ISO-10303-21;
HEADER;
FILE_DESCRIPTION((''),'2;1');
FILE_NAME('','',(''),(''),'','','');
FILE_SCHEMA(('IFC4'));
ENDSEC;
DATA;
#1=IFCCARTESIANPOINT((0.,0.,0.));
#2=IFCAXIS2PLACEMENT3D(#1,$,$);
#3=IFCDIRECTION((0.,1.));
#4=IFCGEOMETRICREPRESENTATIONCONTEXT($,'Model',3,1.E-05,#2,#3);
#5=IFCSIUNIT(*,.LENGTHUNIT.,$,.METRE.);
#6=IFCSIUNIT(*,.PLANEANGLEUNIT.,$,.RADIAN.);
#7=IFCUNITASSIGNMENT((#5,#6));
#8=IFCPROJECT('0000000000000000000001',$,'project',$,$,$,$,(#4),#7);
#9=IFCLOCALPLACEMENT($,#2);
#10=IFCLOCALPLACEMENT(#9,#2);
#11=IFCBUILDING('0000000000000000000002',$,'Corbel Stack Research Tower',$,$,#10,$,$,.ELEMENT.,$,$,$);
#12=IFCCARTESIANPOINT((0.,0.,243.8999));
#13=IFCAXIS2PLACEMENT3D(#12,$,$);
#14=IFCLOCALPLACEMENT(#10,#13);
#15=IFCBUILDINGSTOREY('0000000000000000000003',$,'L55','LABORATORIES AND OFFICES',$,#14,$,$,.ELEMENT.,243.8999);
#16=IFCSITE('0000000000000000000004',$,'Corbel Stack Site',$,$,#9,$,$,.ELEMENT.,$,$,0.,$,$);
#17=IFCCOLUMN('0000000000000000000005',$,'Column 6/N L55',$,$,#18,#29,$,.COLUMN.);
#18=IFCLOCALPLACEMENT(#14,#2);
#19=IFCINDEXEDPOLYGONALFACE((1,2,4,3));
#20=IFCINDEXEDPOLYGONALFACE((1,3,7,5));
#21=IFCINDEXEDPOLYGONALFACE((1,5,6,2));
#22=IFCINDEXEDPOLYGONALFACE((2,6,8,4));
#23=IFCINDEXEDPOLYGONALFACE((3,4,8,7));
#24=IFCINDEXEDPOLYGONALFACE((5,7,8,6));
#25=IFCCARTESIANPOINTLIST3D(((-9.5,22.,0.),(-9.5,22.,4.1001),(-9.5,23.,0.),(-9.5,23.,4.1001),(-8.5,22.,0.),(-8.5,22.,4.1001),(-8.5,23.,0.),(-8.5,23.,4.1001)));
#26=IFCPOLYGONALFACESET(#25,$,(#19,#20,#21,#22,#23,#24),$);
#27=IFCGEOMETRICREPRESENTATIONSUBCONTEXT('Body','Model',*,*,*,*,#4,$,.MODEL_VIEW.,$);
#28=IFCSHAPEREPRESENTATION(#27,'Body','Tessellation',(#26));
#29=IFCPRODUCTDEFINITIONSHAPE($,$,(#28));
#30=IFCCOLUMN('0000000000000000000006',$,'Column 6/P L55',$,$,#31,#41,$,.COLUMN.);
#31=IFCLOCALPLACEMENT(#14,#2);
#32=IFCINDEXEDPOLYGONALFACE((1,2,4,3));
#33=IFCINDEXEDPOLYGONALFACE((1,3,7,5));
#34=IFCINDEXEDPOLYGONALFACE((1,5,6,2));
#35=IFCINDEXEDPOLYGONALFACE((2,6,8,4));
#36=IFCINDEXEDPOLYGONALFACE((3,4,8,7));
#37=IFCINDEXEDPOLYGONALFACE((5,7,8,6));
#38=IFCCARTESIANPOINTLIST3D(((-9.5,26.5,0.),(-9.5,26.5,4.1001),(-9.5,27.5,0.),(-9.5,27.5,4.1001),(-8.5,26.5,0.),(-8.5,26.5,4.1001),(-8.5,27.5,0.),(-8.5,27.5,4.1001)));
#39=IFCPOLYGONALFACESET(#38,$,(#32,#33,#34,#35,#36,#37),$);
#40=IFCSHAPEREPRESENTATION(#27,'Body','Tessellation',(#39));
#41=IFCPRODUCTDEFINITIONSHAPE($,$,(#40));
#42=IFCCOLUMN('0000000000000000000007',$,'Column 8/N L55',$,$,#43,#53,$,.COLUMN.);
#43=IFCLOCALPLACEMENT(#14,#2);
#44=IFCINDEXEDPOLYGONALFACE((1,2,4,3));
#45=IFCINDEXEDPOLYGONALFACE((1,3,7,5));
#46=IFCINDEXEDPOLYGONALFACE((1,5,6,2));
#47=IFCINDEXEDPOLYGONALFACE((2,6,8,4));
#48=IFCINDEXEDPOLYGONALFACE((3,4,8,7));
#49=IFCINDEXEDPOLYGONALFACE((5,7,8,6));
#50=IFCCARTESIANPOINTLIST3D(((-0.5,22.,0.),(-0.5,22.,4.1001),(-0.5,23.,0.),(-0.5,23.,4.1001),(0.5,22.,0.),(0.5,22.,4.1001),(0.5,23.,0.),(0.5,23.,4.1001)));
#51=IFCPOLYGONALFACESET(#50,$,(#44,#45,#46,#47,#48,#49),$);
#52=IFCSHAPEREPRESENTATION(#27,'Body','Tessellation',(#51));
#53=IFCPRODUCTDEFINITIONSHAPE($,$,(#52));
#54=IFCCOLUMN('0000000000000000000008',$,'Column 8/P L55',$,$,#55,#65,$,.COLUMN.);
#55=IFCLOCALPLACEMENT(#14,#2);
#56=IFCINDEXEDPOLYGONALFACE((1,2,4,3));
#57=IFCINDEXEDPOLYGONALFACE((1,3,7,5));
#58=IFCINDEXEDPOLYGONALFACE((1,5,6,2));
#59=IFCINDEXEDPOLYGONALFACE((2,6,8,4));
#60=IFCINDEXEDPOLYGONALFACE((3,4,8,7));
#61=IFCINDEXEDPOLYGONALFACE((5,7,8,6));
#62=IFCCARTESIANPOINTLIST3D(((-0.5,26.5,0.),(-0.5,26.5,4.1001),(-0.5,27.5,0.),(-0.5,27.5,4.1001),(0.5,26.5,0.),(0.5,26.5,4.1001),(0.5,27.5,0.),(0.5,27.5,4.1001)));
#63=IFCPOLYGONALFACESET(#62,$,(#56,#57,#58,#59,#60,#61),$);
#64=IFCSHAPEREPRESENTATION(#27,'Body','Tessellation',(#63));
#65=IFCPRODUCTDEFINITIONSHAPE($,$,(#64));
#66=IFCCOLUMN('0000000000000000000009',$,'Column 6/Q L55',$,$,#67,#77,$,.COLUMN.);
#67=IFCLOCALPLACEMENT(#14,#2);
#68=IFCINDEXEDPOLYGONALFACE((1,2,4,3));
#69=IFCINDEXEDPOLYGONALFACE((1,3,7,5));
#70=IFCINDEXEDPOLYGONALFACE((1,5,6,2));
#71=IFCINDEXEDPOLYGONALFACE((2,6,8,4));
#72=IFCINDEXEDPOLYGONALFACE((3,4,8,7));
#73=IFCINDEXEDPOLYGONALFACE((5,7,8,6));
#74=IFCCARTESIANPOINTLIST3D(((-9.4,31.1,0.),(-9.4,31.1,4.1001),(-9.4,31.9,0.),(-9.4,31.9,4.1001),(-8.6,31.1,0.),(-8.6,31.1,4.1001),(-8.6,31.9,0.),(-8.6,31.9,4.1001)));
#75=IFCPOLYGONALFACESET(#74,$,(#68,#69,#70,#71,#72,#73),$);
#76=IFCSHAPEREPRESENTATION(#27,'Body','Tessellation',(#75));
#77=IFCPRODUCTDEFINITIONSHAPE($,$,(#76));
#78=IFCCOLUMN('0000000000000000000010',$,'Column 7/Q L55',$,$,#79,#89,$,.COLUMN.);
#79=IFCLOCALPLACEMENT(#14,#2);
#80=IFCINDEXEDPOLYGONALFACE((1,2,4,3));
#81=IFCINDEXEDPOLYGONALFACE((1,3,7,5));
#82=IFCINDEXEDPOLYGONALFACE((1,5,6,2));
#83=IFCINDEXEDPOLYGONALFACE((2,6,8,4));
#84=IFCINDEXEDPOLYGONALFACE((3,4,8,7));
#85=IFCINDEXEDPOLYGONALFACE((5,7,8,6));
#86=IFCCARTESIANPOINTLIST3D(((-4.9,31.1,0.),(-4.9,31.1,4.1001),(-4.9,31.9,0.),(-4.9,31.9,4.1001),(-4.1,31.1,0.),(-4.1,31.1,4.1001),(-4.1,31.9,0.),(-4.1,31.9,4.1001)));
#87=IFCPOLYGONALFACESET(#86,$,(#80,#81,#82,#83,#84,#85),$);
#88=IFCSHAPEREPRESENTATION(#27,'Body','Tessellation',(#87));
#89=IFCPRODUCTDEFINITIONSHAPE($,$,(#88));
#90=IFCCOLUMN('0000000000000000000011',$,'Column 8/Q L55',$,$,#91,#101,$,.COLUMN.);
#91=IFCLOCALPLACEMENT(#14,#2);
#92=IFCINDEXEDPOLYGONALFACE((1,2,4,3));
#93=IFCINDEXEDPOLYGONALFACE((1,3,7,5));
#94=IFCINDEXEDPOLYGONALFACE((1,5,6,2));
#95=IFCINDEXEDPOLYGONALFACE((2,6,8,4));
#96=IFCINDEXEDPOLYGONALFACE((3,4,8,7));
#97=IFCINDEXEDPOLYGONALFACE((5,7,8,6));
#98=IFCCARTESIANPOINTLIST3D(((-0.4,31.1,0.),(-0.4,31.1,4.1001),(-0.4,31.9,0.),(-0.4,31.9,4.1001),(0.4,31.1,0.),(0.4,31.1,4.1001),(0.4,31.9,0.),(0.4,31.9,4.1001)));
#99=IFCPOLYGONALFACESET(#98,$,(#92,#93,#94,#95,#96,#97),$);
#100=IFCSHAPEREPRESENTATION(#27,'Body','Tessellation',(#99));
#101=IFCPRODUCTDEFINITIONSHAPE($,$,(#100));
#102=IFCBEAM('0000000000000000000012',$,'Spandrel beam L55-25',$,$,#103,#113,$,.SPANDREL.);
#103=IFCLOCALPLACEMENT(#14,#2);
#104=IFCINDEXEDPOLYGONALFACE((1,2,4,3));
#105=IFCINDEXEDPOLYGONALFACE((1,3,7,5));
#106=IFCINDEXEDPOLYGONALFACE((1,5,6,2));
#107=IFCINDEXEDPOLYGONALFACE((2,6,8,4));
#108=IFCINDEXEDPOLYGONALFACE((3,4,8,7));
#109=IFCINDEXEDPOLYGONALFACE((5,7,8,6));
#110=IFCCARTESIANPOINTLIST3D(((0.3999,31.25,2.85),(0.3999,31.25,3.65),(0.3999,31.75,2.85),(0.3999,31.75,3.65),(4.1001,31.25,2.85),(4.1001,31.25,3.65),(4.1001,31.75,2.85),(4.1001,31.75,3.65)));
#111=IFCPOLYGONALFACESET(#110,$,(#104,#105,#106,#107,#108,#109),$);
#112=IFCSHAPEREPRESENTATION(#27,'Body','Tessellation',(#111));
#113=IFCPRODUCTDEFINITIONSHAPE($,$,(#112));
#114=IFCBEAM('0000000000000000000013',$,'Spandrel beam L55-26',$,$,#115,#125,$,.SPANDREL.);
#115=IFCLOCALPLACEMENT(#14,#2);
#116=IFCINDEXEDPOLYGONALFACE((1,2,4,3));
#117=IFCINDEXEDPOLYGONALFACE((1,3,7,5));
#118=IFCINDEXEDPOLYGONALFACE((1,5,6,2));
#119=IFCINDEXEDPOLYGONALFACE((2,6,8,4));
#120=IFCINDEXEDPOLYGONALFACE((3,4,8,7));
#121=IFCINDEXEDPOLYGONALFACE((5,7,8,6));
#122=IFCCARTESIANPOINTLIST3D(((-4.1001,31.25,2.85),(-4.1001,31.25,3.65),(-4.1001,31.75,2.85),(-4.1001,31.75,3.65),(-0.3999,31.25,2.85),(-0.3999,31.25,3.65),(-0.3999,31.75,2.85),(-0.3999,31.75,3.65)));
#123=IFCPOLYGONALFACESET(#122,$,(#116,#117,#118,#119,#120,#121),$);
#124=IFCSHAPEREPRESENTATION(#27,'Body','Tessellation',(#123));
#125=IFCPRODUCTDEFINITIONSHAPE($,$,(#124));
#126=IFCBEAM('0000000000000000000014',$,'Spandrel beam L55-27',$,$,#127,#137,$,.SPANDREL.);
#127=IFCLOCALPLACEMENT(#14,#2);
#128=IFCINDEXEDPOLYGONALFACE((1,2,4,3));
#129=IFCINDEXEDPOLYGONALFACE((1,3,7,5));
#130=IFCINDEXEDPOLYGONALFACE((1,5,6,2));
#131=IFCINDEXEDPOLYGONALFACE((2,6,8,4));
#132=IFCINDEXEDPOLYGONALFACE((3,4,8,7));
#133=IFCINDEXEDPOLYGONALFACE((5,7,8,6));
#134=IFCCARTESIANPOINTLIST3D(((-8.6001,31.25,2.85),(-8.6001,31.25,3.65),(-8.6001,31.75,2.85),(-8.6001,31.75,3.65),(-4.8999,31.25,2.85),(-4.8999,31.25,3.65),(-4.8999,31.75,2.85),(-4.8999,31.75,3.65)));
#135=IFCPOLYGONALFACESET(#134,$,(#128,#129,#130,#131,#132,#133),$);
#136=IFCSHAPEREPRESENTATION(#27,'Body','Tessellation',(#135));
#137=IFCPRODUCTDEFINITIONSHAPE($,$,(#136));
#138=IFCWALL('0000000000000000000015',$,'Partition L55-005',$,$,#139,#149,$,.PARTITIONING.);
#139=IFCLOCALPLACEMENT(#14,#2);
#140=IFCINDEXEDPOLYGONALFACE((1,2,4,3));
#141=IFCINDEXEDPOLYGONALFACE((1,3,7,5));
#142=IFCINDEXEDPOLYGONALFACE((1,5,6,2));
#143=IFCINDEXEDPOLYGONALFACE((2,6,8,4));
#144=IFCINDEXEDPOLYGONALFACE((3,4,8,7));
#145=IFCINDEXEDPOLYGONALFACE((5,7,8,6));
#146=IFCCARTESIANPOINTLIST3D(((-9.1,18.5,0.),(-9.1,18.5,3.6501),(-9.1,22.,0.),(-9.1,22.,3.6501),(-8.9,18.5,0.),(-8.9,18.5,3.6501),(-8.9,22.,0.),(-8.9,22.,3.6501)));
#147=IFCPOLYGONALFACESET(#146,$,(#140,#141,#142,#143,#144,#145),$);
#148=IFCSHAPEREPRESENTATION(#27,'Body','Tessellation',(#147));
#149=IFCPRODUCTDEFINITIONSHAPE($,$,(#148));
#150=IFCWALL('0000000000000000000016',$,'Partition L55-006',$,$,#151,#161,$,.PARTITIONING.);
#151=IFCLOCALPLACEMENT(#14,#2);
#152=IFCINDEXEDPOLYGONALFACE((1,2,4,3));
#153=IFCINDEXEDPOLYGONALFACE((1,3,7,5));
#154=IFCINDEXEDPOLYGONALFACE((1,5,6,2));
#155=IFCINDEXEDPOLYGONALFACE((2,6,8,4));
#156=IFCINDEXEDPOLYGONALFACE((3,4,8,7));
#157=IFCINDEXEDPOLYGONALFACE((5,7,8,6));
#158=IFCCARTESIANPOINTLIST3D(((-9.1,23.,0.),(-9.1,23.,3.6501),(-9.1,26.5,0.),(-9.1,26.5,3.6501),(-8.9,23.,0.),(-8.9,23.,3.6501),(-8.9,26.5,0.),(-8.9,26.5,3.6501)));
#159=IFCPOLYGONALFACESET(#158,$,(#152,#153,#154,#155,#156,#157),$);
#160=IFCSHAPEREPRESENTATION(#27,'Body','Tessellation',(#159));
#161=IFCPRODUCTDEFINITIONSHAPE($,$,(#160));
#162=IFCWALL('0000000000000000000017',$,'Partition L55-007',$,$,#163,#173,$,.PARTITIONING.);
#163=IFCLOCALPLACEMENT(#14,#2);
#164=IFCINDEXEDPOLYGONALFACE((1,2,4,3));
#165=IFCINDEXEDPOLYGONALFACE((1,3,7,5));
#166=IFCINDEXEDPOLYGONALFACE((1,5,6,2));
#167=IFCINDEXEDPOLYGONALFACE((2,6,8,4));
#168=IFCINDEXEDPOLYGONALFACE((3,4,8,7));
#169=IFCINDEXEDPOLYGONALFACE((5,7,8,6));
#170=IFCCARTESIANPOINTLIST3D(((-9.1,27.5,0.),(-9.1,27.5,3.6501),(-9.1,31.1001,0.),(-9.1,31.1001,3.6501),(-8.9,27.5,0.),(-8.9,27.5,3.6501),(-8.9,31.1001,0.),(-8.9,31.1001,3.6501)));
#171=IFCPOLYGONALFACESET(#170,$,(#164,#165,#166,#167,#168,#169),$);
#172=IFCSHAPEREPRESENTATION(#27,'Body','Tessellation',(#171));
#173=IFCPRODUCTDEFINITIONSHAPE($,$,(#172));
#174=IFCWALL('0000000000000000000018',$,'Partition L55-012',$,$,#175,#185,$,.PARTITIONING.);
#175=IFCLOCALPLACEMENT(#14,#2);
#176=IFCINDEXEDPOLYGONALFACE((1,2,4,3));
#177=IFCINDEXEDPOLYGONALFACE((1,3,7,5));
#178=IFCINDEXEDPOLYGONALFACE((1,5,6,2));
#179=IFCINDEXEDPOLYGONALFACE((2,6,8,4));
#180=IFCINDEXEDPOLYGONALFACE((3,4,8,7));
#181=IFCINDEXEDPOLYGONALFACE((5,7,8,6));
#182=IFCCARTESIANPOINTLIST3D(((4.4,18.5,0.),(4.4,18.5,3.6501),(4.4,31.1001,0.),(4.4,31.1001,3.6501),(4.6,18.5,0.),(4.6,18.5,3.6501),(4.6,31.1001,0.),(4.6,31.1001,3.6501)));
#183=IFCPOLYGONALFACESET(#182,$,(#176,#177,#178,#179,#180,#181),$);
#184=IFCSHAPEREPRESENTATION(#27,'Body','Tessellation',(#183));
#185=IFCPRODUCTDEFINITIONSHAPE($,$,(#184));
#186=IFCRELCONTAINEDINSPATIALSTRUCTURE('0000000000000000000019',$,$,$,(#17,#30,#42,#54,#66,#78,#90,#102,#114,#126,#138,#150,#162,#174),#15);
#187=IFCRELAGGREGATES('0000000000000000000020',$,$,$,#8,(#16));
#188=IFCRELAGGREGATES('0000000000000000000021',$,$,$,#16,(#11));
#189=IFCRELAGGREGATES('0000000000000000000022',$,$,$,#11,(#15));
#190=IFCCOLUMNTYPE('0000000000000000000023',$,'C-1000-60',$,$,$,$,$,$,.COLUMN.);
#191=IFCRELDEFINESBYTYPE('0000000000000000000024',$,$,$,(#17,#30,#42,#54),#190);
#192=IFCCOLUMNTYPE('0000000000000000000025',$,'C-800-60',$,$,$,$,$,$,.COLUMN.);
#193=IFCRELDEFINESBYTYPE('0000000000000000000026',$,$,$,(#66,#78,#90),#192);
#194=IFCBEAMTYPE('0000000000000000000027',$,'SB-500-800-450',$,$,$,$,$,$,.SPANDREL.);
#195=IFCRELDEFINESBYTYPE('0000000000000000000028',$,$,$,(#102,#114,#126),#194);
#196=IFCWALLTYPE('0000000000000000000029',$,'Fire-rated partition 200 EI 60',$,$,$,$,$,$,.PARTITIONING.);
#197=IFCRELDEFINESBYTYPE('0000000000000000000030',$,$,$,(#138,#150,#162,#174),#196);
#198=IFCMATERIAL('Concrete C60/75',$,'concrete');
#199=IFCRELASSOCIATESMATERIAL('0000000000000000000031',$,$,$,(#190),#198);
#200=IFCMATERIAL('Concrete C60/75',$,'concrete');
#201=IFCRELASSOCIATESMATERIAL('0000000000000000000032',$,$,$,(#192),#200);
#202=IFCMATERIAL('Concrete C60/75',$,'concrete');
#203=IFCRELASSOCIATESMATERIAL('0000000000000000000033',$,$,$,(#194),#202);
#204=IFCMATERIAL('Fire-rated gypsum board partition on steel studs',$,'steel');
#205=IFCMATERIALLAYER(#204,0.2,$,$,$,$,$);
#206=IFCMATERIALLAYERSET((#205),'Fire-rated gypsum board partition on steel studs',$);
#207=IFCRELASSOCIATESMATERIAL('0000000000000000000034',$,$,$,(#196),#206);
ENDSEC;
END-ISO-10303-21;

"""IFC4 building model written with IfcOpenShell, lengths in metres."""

from ifc_helpers import new_model, si_unit, direction, frame, frame_2d, origin, origin_2d, place, context, subcontext, project, spatial, rectangle, extrude, material, layer, layer_set, material_profile, profile_set, type_object, element, save


model = new_model("IFC4")

# Units and contexts
model_context = context("Model", 3, precision=1e-05, world=origin(), true_north=direction((0.0, 1.0)))
body_context = subcontext(model_context, "Body", "Model", "MODEL_VIEW")
ifc_project = project(units=[si_unit("LENGTHUNIT", "METRE"), si_unit("PLANEANGLEUNIT", "RADIAN")], contexts=[model_context])

# Site, building, storey
site_placement = place(None, origin())
site = spatial("IfcSite", under=ifc_project, at=site_placement, Name="Corbel Stack Site", CompositionType="ELEMENT", RefElevation=0.0)
building_placement = place(site_placement, origin())
building = spatial("IfcBuilding", under=site, at=building_placement, Name="Corbel Stack Research Tower", CompositionType="ELEMENT")
storey_placement = place(building_placement, frame((0.0, 0.0, 243.8999)))
storey = spatial("IfcBuildingStorey", under=building, at=storey_placement, Name="L55", Description="LABORATORIES AND OFFICES", CompositionType="ELEMENT", Elevation=243.8999)

# Columns
ifc_material_1 = material(Name="Concrete C60/75", Category="concrete")
ifc_material_profile_1 = material_profile(ifc_material_1, rectangle(XDim=1.0, YDim=1.0, at=origin_2d()), Name="RC 1000 x 1000")
ifc_profile_set_1 = profile_set([ifc_material_profile_1], Name="Concrete C60/75")
column_type_1 = type_object("IfcColumnType", Name="C-1000-60", PredefinedType="COLUMN", material=ifc_profile_set_1)
for number, where, z_axis, x_axis, name in (
    (1, (-9.0, 22.5, 0.0), (0.0, 0.0, 1.0), (1.0, 0.0, 0.0), "Column 6/N L55"),
    (2, (-9.0, 27.0, 0.0), (0.0, 0.0, 1.0), (1.0, 0.0, 0.0), "Column 6/P L55"),
    (3, (0.0, 22.5, 0.0), (0.0, 0.0, 1.0), (1.0, 0.0, 0.0), "Column 8/N L55"),
    (4, (0.0, 27.0, 0.0), (0.0, 0.0, 1.0), (1.0, 0.0, 0.0), "Column 8/P L55"),
):
    element("IfcColumn", number, at=place(storey_placement, frame(where, z_axis=z_axis, x_axis=x_axis)), inside=storey, type_object=column_type_1, Name=name, PredefinedType="COLUMN", context=body_context, shape_type="SweptSolid", body=[
        extrude(rectangle(XDim=1.0, YDim=1.0, at=origin_2d()), origin(), (0.0, 0.0, 1.0), 4.1001),
    ])
ifc_material_2 = material(Name="Concrete C60/75", Category="concrete")
ifc_material_profile_2 = material_profile(ifc_material_2, rectangle(XDim=0.8, YDim=0.8, at=origin_2d()), Name="RC 800 x 800")
ifc_profile_set_2 = profile_set([ifc_material_profile_2], Name="Concrete C60/75")
column_type_2 = type_object("IfcColumnType", Name="C-800-60", PredefinedType="COLUMN", material=ifc_profile_set_2)
for number, where, z_axis, x_axis, name in (
    (5, (-9.0, 31.5, 0.0), (0.0, 0.0, 1.0), (1.0, 0.0, 0.0), "Column 6/Q L55"),
    (6, (-4.5, 31.5, 0.0), (0.0, 0.0, 1.0), (1.0, 0.0, 0.0), "Column 7/Q L55"),
    (7, (0.0, 31.5, 0.0), (0.0, 0.0, 1.0), (1.0, 0.0, 0.0), "Column 8/Q L55"),
):
    element("IfcColumn", number, at=place(storey_placement, frame(where, z_axis=z_axis, x_axis=x_axis)), inside=storey, type_object=column_type_2, Name=name, PredefinedType="COLUMN", context=body_context, shape_type="SweptSolid", body=[
        extrude(rectangle(XDim=0.8, YDim=0.8, at=origin_2d()), origin(), (0.0, 0.0, 1.0), 4.1001),
    ])

# Beams
ifc_material_3 = material(Name="Concrete C60/75", Category="concrete")
ifc_material_profile_3 = material_profile(ifc_material_3, rectangle(XDim=0.5, YDim=0.8, at=origin_2d()), Name="RC 500 x 800")
ifc_profile_set_3 = profile_set([ifc_material_profile_3], Name="Concrete C60/75")
beam_type = type_object("IfcBeamType", Name="SB-500-800-450", PredefinedType="SPANDREL", material=ifc_profile_set_3)
for number, where, z_axis, x_axis, name in (
    (8, (4.1001, 31.5, 3.25), (-1.0, 0.0, 0.0), (0.0, -1.0, 0.0), "Spandrel beam L55-25"),
    (9, (-0.3999, 31.5, 3.25), (-1.0, 0.0, 0.0), (0.0, -1.0, 0.0), "Spandrel beam L55-26"),
    (10, (-4.8999, 31.5, 3.25), (-1.0, 0.0, 0.0), (0.0, -1.0, 0.0), "Spandrel beam L55-27"),
):
    element("IfcBeam", number, at=place(storey_placement, frame(where, z_axis=z_axis, x_axis=x_axis)), inside=storey, type_object=beam_type, Name=name, PredefinedType="SPANDREL", context=body_context, shape_type="SweptSolid", body=[
        extrude(rectangle(XDim=0.5, YDim=0.8, at=origin_2d()), origin(), (0.0, 0.0, 1.0), 3.7002),
    ])

# Walls
ifc_material_4 = material(Name="Fire-rated gypsum board partition on steel studs", Category="steel")
ifc_layer_1 = layer(ifc_material_4, 0.2)
ifc_layer_set_1 = layer_set([ifc_layer_1], Name="Fire-rated gypsum board partition on steel studs")
wall_type_1 = type_object("IfcWallType", Name="Fire-rated partition 200 EI 60", PredefinedType="PARTITIONING", material=ifc_layer_set_1)
for number, where, z_axis, x_axis, name in (
    (11, (-9.0, 18.5, 0.0), (0.0, 0.0, 1.0), (0.0, 1.0, 0.0), "Partition L55-005"),
    (12, (-9.0, 23.0, 0.0), (0.0, 0.0, 1.0), (0.0, 1.0, 0.0), "Partition L55-006"),
):
    element("IfcWall", number, at=place(storey_placement, frame(where, z_axis=z_axis, x_axis=x_axis)), inside=storey, type_object=wall_type_1, Name=name, PredefinedType="PARTITIONING", context=body_context, shape_type="SweptSolid", body=[
        extrude(rectangle(XDim=3.5, YDim=0.2, at=frame_2d((1.75, 0.0))), origin(), (0.0, 0.0, 1.0), 3.6501),
    ])
wall_1_placement = place(storey_placement, frame((-9.0, 27.5, 0.0), z_axis=(0.0, 0.0, 1.0), x_axis=(0.0, 1.0, 0.0)))
element("IfcWall", 13, at=wall_1_placement, inside=storey, type_object=wall_type_1, Name="Partition L55-007", PredefinedType="PARTITIONING", context=body_context, shape_type="SweptSolid", body=[
    extrude(rectangle(XDim=3.6001, YDim=0.2, at=frame_2d((1.8, 0.0))), origin(), (0.0, 0.0, 1.0), 3.6501),
])
wall_2_placement = place(storey_placement, frame((4.5, 18.5, 0.0), z_axis=(0.0, 0.0, 1.0), x_axis=(0.0, 1.0, 0.0)))
element("IfcWall", 14, at=wall_2_placement, inside=storey, type_object=wall_type_1, Name="Partition L55-012", PredefinedType="PARTITIONING", context=body_context, shape_type="SweptSolid", body=[
    extrude(rectangle(XDim=12.6001, YDim=0.2, at=frame_2d((6.3, 0.0))), origin(), (0.0, 0.0, 1.0), 3.6501),
])

save(model, "model.ifc")
